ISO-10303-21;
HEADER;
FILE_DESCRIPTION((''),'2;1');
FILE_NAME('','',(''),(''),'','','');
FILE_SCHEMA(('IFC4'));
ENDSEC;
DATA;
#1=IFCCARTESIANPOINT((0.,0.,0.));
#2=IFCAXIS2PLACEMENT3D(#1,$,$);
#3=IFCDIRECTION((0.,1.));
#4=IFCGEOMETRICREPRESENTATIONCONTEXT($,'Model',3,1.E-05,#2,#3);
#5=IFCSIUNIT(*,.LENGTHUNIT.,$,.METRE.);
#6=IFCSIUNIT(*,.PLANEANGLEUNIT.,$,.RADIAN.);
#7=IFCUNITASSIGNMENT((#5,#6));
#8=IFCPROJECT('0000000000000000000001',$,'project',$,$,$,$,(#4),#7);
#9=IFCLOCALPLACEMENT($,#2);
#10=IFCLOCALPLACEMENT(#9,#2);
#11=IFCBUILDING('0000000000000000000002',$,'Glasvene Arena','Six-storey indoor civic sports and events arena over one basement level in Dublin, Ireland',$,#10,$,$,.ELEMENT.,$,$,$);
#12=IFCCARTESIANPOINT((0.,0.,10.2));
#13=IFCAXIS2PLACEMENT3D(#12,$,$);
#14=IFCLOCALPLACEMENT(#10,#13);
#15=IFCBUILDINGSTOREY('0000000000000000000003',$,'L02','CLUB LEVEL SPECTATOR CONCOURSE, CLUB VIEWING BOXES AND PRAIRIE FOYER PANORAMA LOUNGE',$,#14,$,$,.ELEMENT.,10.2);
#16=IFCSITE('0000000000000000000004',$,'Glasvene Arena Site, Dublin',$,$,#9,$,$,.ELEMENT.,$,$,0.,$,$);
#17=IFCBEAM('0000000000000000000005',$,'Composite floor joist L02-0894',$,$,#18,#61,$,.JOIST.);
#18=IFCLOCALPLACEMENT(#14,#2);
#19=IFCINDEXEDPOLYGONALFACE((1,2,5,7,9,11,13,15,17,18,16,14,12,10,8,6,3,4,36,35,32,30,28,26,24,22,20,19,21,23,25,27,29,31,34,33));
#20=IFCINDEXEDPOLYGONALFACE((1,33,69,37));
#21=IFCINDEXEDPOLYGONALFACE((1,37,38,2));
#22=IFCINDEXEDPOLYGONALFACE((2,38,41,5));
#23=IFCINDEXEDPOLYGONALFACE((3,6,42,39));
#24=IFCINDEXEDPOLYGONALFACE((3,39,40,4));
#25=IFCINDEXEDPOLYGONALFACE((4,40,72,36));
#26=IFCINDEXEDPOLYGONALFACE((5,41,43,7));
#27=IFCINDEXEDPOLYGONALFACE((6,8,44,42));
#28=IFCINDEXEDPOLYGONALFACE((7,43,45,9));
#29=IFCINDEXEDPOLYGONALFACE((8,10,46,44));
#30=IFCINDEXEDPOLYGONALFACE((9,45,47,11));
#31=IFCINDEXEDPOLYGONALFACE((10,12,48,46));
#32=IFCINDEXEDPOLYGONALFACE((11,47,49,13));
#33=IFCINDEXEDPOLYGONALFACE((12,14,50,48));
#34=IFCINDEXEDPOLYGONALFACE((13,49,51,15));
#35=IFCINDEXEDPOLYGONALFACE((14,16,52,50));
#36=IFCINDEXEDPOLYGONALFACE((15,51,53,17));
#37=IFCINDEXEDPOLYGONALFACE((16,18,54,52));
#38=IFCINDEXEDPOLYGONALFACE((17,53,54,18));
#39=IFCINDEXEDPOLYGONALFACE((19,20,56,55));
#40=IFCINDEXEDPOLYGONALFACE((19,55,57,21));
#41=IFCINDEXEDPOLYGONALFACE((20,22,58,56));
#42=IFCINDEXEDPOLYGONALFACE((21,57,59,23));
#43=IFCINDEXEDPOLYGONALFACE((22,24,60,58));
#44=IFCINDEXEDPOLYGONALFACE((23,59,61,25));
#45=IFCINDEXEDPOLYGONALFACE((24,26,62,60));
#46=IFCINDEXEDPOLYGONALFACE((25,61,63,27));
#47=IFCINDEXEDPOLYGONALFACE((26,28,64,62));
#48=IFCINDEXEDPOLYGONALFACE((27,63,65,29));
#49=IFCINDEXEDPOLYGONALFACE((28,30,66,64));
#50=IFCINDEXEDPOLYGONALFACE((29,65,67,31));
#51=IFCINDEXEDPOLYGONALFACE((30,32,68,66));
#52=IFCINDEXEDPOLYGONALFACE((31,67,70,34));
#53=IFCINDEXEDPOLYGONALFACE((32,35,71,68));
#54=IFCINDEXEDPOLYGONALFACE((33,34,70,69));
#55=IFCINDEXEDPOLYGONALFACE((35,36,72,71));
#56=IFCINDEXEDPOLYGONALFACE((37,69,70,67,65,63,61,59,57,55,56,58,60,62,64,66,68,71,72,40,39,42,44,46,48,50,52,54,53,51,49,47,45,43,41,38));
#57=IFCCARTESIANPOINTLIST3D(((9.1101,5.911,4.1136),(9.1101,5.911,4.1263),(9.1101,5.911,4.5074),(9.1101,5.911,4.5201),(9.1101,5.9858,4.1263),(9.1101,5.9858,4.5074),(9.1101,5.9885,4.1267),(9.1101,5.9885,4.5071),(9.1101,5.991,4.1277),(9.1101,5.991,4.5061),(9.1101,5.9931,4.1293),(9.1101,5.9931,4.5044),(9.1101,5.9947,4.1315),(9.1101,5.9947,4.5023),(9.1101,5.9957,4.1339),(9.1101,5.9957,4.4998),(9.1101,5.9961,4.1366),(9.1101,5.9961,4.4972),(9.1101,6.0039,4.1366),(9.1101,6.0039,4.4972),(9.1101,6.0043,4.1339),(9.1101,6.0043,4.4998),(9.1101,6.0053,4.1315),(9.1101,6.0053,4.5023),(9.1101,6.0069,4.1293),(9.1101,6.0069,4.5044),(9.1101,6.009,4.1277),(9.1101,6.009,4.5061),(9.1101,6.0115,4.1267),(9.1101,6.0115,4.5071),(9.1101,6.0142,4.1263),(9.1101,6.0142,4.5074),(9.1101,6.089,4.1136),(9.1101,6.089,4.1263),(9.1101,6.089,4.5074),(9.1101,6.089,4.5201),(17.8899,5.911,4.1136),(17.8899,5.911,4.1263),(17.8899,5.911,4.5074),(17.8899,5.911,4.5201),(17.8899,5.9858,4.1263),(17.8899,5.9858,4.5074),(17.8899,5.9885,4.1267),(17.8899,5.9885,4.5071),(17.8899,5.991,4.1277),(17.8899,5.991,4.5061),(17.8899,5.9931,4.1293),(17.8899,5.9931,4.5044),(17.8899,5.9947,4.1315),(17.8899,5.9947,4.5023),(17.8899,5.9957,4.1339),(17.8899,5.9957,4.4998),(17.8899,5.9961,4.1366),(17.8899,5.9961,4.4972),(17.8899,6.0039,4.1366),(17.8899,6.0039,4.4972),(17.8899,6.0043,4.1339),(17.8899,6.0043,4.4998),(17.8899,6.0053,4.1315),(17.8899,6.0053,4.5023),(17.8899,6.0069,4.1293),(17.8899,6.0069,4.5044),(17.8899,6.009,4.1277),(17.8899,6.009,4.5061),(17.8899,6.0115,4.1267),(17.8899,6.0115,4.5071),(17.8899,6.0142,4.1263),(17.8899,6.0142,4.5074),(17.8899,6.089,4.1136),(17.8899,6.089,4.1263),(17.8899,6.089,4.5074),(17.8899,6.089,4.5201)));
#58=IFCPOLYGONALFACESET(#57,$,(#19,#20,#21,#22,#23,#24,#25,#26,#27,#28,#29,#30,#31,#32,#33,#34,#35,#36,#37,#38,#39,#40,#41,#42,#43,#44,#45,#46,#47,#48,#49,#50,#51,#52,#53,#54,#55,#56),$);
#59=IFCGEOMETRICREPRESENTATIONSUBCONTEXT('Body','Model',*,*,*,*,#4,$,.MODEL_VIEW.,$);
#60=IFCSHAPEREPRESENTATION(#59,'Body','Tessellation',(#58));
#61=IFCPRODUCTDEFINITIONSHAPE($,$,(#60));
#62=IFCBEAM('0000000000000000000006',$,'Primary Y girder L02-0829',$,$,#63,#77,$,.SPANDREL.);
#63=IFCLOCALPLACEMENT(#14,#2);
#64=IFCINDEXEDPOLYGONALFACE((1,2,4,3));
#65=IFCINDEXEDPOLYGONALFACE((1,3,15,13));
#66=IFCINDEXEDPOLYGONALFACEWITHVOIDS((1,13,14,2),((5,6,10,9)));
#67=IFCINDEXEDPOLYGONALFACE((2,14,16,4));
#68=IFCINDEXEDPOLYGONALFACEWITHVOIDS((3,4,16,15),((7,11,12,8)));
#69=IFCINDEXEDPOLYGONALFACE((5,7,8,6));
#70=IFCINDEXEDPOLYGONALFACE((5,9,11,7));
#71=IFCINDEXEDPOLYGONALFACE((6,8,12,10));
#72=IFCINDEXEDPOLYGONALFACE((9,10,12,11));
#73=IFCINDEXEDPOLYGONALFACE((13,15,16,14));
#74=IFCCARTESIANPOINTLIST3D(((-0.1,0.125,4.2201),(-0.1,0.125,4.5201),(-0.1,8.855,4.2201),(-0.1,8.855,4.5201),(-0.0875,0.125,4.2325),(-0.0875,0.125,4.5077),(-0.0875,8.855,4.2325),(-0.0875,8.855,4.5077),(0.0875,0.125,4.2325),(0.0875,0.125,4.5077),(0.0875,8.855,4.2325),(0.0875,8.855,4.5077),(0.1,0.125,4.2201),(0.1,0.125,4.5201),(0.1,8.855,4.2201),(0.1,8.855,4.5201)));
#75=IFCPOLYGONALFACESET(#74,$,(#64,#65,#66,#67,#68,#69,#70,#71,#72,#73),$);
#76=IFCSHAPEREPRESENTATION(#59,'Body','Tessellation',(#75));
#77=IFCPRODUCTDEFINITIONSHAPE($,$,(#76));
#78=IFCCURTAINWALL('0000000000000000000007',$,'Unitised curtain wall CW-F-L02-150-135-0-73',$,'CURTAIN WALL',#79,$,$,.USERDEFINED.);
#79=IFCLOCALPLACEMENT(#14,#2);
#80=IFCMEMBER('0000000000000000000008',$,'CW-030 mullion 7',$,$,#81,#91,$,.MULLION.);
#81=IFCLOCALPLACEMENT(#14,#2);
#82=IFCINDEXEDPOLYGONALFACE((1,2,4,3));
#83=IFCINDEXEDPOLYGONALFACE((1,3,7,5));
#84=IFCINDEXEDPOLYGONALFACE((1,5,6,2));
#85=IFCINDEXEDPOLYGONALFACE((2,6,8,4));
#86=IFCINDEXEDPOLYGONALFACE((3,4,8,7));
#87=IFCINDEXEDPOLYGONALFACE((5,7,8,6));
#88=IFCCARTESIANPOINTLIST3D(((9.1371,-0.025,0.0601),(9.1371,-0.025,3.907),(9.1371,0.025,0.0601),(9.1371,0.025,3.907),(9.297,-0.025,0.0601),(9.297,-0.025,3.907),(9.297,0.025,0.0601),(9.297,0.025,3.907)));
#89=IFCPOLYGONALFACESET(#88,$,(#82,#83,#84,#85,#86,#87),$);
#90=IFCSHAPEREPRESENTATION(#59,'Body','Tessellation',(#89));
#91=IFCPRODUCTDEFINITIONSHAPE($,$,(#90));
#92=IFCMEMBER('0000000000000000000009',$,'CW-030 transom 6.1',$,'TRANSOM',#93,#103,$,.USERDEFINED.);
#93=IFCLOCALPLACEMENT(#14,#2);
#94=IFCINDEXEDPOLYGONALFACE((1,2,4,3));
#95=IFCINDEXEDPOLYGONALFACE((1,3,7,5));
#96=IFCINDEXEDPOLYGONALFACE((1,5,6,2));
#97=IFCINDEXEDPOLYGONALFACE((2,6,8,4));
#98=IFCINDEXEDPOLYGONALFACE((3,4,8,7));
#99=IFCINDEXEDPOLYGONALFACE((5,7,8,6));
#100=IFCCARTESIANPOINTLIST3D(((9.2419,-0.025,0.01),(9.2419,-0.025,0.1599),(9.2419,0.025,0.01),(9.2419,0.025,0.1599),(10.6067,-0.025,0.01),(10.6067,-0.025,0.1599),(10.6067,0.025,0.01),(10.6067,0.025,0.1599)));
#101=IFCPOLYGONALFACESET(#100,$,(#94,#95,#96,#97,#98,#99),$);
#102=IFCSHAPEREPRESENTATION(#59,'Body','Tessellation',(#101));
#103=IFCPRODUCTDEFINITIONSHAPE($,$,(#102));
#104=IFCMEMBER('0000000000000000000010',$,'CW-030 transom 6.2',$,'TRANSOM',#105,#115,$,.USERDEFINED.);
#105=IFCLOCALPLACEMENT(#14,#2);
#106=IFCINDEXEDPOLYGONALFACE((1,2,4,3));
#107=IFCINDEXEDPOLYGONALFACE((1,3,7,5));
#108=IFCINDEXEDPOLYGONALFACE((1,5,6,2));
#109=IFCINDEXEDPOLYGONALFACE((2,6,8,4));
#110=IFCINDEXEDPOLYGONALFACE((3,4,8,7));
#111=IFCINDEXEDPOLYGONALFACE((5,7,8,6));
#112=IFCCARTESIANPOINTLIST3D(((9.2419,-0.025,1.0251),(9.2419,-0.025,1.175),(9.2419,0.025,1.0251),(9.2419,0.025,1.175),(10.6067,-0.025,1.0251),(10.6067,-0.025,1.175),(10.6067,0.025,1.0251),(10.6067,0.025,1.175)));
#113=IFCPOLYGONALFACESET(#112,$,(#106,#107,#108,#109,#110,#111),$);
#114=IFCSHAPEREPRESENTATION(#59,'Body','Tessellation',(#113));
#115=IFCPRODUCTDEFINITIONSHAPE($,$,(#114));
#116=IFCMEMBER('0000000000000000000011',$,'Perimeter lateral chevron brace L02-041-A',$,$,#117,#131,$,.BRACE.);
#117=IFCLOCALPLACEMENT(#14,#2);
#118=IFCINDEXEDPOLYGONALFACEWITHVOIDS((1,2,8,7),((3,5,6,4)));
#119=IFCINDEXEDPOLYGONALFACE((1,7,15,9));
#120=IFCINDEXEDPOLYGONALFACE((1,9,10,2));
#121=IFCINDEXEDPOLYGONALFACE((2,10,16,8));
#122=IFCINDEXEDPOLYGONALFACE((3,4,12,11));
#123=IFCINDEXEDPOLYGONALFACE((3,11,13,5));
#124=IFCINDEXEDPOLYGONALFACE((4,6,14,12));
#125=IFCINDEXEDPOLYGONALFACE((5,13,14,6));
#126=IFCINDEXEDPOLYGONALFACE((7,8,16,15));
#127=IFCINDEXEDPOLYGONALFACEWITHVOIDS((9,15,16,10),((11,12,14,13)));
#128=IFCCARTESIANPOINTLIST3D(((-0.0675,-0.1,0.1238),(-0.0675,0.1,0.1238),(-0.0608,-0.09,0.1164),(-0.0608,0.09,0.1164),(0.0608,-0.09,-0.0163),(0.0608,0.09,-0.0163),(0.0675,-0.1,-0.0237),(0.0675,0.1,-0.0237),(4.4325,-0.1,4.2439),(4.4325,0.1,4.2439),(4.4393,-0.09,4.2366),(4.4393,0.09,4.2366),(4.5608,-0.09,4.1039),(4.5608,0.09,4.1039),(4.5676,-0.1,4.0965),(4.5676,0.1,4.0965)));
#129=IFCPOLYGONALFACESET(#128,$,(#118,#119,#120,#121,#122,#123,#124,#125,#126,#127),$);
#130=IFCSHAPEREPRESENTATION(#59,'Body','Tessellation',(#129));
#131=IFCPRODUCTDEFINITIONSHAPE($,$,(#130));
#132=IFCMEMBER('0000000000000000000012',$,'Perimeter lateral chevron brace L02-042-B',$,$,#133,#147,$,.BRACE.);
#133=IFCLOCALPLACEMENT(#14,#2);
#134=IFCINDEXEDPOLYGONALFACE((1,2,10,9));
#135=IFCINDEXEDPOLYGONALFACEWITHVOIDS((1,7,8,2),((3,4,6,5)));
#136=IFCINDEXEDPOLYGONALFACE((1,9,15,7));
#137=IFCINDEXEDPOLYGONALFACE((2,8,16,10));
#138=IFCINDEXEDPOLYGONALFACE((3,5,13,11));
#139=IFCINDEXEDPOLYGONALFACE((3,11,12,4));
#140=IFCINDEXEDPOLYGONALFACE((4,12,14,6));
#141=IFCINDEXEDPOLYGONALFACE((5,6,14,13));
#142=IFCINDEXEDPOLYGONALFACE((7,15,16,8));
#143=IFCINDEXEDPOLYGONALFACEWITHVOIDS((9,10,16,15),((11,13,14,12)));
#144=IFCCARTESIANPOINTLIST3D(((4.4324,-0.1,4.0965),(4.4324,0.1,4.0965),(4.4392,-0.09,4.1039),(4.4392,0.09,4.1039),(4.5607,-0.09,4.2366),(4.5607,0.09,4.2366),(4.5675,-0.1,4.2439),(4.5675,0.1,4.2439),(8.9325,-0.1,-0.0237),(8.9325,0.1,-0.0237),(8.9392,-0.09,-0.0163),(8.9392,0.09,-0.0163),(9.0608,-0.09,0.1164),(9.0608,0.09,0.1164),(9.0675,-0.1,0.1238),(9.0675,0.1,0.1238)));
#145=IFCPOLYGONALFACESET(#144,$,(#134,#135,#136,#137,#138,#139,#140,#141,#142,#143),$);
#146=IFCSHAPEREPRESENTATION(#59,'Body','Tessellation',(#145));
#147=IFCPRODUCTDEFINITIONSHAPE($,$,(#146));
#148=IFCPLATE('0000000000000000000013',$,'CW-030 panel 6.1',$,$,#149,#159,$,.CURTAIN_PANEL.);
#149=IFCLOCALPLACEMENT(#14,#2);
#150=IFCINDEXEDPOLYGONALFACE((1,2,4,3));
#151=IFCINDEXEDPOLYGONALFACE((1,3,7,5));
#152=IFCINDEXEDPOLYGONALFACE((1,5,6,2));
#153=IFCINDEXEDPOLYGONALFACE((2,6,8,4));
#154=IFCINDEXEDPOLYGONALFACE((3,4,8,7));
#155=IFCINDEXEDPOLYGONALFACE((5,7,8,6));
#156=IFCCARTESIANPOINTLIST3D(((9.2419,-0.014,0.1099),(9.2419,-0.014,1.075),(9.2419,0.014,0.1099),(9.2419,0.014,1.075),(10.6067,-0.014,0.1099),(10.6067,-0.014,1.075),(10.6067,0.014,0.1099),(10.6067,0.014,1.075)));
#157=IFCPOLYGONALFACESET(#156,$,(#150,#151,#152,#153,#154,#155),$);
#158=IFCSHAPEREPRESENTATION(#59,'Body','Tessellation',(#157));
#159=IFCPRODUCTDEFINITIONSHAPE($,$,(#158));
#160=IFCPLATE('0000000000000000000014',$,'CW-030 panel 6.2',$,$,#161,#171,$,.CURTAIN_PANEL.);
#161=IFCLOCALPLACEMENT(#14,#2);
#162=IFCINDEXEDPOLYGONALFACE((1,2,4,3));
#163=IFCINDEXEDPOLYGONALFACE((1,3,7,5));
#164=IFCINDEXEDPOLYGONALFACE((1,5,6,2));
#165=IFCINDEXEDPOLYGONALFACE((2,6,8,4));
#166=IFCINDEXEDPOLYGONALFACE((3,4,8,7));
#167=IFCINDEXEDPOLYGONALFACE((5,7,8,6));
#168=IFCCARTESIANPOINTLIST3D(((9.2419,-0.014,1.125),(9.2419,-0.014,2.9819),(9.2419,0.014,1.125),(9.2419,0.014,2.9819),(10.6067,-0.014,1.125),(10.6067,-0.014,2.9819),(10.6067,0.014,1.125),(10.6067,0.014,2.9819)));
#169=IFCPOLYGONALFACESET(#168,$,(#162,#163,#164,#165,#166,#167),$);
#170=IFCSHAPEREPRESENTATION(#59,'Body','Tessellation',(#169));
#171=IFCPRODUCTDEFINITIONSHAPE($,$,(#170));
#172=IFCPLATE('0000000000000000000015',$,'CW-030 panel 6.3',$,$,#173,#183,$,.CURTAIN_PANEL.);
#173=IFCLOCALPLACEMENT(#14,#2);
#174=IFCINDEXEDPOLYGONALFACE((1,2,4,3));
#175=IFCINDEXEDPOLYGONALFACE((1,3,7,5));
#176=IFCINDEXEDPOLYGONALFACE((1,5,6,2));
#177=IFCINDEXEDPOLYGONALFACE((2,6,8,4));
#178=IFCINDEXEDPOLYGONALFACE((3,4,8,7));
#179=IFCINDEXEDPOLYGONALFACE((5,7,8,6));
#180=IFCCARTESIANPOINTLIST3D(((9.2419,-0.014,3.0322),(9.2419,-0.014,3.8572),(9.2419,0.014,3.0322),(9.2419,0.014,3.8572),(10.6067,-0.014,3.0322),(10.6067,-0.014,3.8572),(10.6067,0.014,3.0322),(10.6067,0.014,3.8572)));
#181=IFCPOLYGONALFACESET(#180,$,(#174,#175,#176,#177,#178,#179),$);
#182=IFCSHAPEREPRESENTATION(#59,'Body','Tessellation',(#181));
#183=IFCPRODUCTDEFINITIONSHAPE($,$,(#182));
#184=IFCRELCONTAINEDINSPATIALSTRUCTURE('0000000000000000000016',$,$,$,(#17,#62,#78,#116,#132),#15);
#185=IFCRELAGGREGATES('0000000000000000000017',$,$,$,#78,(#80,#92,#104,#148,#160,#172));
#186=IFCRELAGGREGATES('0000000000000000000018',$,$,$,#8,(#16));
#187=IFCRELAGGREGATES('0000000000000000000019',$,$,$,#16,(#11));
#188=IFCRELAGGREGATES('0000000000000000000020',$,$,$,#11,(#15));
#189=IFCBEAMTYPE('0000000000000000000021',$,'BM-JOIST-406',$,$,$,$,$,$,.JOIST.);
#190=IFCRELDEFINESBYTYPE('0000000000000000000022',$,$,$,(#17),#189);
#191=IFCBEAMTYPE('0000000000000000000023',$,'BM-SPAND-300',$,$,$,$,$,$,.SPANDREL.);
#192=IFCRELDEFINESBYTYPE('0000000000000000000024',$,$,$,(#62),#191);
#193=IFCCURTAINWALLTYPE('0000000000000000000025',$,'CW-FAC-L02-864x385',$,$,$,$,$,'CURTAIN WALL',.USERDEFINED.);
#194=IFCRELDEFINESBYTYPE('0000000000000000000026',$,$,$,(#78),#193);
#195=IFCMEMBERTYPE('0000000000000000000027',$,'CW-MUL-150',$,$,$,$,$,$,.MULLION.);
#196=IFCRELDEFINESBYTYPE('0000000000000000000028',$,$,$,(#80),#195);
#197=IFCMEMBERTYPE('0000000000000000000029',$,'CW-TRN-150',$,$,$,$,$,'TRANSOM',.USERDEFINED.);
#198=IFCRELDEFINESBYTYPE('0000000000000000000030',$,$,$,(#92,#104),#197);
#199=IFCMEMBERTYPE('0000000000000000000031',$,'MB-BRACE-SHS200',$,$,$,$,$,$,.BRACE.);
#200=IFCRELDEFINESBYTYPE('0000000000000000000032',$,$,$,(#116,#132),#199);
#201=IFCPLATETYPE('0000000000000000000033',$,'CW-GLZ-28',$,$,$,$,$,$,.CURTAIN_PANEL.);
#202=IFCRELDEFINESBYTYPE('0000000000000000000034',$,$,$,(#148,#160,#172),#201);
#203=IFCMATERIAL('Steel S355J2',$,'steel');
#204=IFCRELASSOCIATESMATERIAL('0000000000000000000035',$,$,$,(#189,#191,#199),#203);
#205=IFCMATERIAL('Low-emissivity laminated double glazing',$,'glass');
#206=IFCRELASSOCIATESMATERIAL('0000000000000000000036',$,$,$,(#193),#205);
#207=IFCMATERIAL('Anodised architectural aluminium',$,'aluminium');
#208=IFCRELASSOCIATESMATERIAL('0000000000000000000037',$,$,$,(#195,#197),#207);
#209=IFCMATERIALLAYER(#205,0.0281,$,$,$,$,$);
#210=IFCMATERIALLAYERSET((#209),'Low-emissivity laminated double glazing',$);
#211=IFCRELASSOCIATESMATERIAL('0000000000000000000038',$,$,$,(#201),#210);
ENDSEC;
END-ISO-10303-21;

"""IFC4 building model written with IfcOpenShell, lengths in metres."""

from ifc_helpers import new_model, si_unit, direction, frame, origin, origin_2d, place, context, subcontext, project, spatial, rectangle, hollow_rectangle, i_section, extrude, material, layer, layer_set, material_profile, profile_set, type_object, element, aggregate, save


model = new_model("IFC4")

# Units and contexts
model_context = context("Model", 3, precision=1e-05, world=origin(), true_north=direction((0.0, 1.0)))
body_context = subcontext(model_context, "Body", "Model", "MODEL_VIEW")
ifc_project = project(units=[si_unit("LENGTHUNIT", "METRE"), si_unit("PLANEANGLEUNIT", "RADIAN")], contexts=[model_context])

# Site, building, storey
site_placement = place(None, origin())
site = spatial("IfcSite", under=ifc_project, at=site_placement, Name="Glasvene Arena Site, Dublin", CompositionType="ELEMENT", RefElevation=0.0)
building_placement = place(site_placement, origin())
building = spatial("IfcBuilding", under=site, at=building_placement, Name="Glasvene Arena", Description="Six-storey indoor civic sports and events arena over one basement level in Dublin, Ireland", CompositionType="ELEMENT")
storey_placement = place(building_placement, frame((0.0, 0.0, 10.2)))
storey = spatial("IfcBuildingStorey", under=building, at=storey_placement, Name="L02", Description="CLUB LEVEL SPECTATOR CONCOURSE, CLUB VIEWING BOXES AND PRAIRIE FOYER PANORAMA LOUNGE", CompositionType="ELEMENT", Elevation=10.2)

# Shared definitions
ifc_material_1 = material(Name="Steel S355J2", Category="steel")

# Beams
ifc_material_profile_1 = material_profile(ifc_material_1, i_section(OverallWidth=0.178, OverallDepth=0.4065, WebThickness=0.0078, FlangeThickness=0.0127, FilletRadius=0.0103, at=origin_2d()), Name="UKB 406x178x60")
ifc_profile_set_1 = profile_set([ifc_material_profile_1], Name="Steel S355J2")
beam_type_1 = type_object("IfcBeamType", Name="BM-JOIST-406", PredefinedType="JOIST", material=ifc_profile_set_1)
for number, where, z_axis, x_axis, name in (
    (1, (9.1101, 6.0, 4.3169), (1.0, 0.0, 0.0), (0.0, 1.0, 0.0), "Composite floor joist L02-0894"),
):
    element("IfcBeam", number, at=place(storey_placement, frame(where, z_axis=z_axis, x_axis=x_axis)), inside=storey, type_object=beam_type_1, Name=name, PredefinedType="JOIST", context=body_context, shape_type="SweptSolid", body=[
        extrude(i_section(OverallWidth=0.178, OverallDepth=0.4065, WebThickness=0.0078, FlangeThickness=0.0127, FilletRadius=0.0103, at=origin_2d()), origin(), (0.0, 0.0, 1.0), 8.7798),
    ])
ifc_material_profile_2 = material_profile(ifc_material_1, hollow_rectangle(XDim=0.2, YDim=0.3, WallThickness=0.0125, at=origin_2d()), Name="RHS 300x200x12.5")
ifc_profile_set_2 = profile_set([ifc_material_profile_2], Name="Steel S355J2")
beam_type_2 = type_object("IfcBeamType", Name="BM-SPAND-300", PredefinedType="SPANDREL", material=ifc_profile_set_2)
beam_placement = place(storey_placement, frame((0.0, 0.125, 4.3701), z_axis=(0.0, 1.0, 0.0), x_axis=(-1.0, 0.0, 0.0)))
element("IfcBeam", 2, at=beam_placement, inside=storey, type_object=beam_type_2, Name="Primary Y girder L02-0829", PredefinedType="SPANDREL", context=body_context, shape_type="SweptSolid", body=[
    extrude(hollow_rectangle(XDim=0.2, YDim=0.3, WallThickness=0.0125, at=origin_2d()), origin(), (0.0, 0.0, 1.0), 8.73),
])

# Curtain wall, members
ifc_material_2 = material(Name="Low-emissivity laminated double glazing", Category="glass")
curtain_wall_type = type_object("IfcCurtainWallType", Name="CW-FAC-L02-864x385", ElementType="CURTAIN WALL", PredefinedType="USERDEFINED", material=ifc_material_2)
curtain_wall_placement = place(storey_placement, frame((17.8298, 0.0, 0.0)))
curtain_wall = element("IfcCurtainWall", 3, at=curtain_wall_placement, inside=storey, type_object=curtain_wall_type, Name="Unitised curtain wall CW-F-L02-150-135-0-73", ObjectType="CURTAIN WALL", PredefinedType="USERDEFINED")
ifc_material_3 = material(Name="Anodised architectural aluminium", Category="aluminium")
ifc_material_profile_3 = material_profile(ifc_material_3, rectangle(XDim=0.05, YDim=0.1599, at=origin_2d()), Name="ALU MULLION 50x160")
ifc_profile_set_3 = profile_set([ifc_material_profile_3], Name="Anodised architectural aluminium")
member_type_1 = type_object("IfcMemberType", Name="CW-MUL-150", PredefinedType="MULLION", material=ifc_profile_set_3)
member_1_placement = place(storey_placement, frame((9.217, 0.0, 0.0601), z_axis=(0.0, 0.0, 1.0), x_axis=(0.0, -1.0, 0.0)))
member_1 = element("IfcMember", 4, at=member_1_placement, type_object=member_type_1, Name="CW-030 mullion 7", PredefinedType="MULLION", context=body_context, shape_type="SweptSolid", body=[
    extrude(rectangle(XDim=0.05, YDim=0.1599, at=origin_2d()), origin(), (0.0, 0.0, 1.0), 3.8469),
])
ifc_material_profile_4 = material_profile(ifc_material_3, rectangle(XDim=0.05, YDim=0.1499, at=origin_2d()), Name="ALU TRANSOM 50x150")
ifc_profile_set_4 = profile_set([ifc_material_profile_4], Name="Anodised architectural aluminium")
member_type_2 = type_object("IfcMemberType", Name="CW-TRN-150", ElementType="TRANSOM", PredefinedType="USERDEFINED", material=ifc_profile_set_4)
member_2_placement = place(storey_placement, frame((10.6067, 0.0, 0.085), z_axis=(-1.0, 0.0, 0.0), x_axis=(0.0, -1.0, 0.0)))
member_2 = element("IfcMember", 5, at=member_2_placement, type_object=member_type_2, Name="CW-030 transom 6.1", ObjectType="TRANSOM", PredefinedType="USERDEFINED", context=body_context, shape_type="SweptSolid", body=[
    extrude(rectangle(XDim=0.05, YDim=0.1499, at=origin_2d()), origin(), (0.0, 0.0, 1.0), 1.3647),
])
member_3_placement = place(storey_placement, frame((10.6067, 0.0, 1.1001), z_axis=(-1.0, 0.0, 0.0), x_axis=(0.0, -1.0, 0.0)))
member_3 = element("IfcMember", 6, at=member_3_placement, type_object=member_type_2, Name="CW-030 transom 6.2", ObjectType="TRANSOM", PredefinedType="USERDEFINED", context=body_context, shape_type="SweptSolid", body=[
    extrude(rectangle(XDim=0.05, YDim=0.1499, at=origin_2d()), origin(), (0.0, 0.0, 1.0), 1.3647),
])

# Members
ifc_material_profile_5 = material_profile(ifc_material_1, hollow_rectangle(XDim=0.2, YDim=0.2, WallThickness=0.01, at=origin_2d()), Name="SHS 200x200x10.0")
ifc_profile_set_5 = profile_set([ifc_material_profile_5], Name="Steel S355J2")
member_type_3 = type_object("IfcMemberType", Name="MB-BRACE-SHS200", PredefinedType="BRACE", material=ifc_profile_set_5)
for number, where, z_axis, x_axis, name in (
    (7, (0.0, 0.0, 0.05), (0.737553, 0.0, 0.67529), (0.0, 1.0, 0.0), "Perimeter lateral chevron brace L02-041-A"),
    (8, (9.0, 0.0, 0.05), (-0.737553, 0.0, 0.67529), (0.0, -1.0, 0.0), "Perimeter lateral chevron brace L02-042-B"),
):
    element("IfcMember", number, at=place(storey_placement, frame(where, z_axis=z_axis, x_axis=x_axis)), inside=storey, type_object=member_type_3, Name=name, PredefinedType="BRACE", context=body_context, shape_type="SweptSolid", body=[
        extrude(hollow_rectangle(XDim=0.2, YDim=0.2, WallThickness=0.01, at=origin_2d()), origin(), (0.0, 0.0, 1.0), 6.1013),
    ])

# Plates
ifc_layer_1 = layer(ifc_material_2, 0.0281)
ifc_layer_set_1 = layer_set([ifc_layer_1], Name="Low-emissivity laminated double glazing")
plate_type = type_object("IfcPlateType", Name="CW-GLZ-28", PredefinedType="CURTAIN_PANEL", material=ifc_layer_set_1)
plate_1_placement = place(storey_placement, frame((9.9243, 0.0, 0.1099), z_axis=(0.0, 0.0, 1.0), x_axis=(-1.0, 0.0, 0.0)))
plate_1 = element("IfcPlate", 9, at=plate_1_placement, type_object=plate_type, Name="CW-030 panel 6.1", PredefinedType="CURTAIN_PANEL", context=body_context, shape_type="SweptSolid", body=[
    extrude(rectangle(XDim=1.3647, YDim=0.0281, at=origin_2d()), origin(), (0.0, 0.0, 1.0), 0.9651),
])
plate_2_placement = place(storey_placement, frame((9.9243, 0.0, 1.125), z_axis=(0.0, 0.0, 1.0), x_axis=(-1.0, 0.0, 0.0)))
plate_2 = element("IfcPlate", 10, at=plate_2_placement, type_object=plate_type, Name="CW-030 panel 6.2", PredefinedType="CURTAIN_PANEL", context=body_context, shape_type="SweptSolid", body=[
    extrude(rectangle(XDim=1.3647, YDim=0.0281, at=origin_2d()), origin(), (0.0, 0.0, 1.0), 1.8569),
])
plate_3_placement = place(storey_placement, frame((9.9243, 0.0, 3.0322), z_axis=(0.0, 0.0, 1.0), x_axis=(-1.0, 0.0, 0.0)))
plate_3 = element("IfcPlate", 11, at=plate_3_placement, type_object=plate_type, Name="CW-030 panel 6.3", PredefinedType="CURTAIN_PANEL", context=body_context, shape_type="SweptSolid", body=[
    extrude(rectangle(XDim=1.3647, YDim=0.0281, at=origin_2d()), origin(), (0.0, 0.0, 1.0), 0.825),
])
aggregate(curtain_wall, [member_1, member_2, member_3, plate_1, plate_2, plate_3])

save(model, "model.ifc")
